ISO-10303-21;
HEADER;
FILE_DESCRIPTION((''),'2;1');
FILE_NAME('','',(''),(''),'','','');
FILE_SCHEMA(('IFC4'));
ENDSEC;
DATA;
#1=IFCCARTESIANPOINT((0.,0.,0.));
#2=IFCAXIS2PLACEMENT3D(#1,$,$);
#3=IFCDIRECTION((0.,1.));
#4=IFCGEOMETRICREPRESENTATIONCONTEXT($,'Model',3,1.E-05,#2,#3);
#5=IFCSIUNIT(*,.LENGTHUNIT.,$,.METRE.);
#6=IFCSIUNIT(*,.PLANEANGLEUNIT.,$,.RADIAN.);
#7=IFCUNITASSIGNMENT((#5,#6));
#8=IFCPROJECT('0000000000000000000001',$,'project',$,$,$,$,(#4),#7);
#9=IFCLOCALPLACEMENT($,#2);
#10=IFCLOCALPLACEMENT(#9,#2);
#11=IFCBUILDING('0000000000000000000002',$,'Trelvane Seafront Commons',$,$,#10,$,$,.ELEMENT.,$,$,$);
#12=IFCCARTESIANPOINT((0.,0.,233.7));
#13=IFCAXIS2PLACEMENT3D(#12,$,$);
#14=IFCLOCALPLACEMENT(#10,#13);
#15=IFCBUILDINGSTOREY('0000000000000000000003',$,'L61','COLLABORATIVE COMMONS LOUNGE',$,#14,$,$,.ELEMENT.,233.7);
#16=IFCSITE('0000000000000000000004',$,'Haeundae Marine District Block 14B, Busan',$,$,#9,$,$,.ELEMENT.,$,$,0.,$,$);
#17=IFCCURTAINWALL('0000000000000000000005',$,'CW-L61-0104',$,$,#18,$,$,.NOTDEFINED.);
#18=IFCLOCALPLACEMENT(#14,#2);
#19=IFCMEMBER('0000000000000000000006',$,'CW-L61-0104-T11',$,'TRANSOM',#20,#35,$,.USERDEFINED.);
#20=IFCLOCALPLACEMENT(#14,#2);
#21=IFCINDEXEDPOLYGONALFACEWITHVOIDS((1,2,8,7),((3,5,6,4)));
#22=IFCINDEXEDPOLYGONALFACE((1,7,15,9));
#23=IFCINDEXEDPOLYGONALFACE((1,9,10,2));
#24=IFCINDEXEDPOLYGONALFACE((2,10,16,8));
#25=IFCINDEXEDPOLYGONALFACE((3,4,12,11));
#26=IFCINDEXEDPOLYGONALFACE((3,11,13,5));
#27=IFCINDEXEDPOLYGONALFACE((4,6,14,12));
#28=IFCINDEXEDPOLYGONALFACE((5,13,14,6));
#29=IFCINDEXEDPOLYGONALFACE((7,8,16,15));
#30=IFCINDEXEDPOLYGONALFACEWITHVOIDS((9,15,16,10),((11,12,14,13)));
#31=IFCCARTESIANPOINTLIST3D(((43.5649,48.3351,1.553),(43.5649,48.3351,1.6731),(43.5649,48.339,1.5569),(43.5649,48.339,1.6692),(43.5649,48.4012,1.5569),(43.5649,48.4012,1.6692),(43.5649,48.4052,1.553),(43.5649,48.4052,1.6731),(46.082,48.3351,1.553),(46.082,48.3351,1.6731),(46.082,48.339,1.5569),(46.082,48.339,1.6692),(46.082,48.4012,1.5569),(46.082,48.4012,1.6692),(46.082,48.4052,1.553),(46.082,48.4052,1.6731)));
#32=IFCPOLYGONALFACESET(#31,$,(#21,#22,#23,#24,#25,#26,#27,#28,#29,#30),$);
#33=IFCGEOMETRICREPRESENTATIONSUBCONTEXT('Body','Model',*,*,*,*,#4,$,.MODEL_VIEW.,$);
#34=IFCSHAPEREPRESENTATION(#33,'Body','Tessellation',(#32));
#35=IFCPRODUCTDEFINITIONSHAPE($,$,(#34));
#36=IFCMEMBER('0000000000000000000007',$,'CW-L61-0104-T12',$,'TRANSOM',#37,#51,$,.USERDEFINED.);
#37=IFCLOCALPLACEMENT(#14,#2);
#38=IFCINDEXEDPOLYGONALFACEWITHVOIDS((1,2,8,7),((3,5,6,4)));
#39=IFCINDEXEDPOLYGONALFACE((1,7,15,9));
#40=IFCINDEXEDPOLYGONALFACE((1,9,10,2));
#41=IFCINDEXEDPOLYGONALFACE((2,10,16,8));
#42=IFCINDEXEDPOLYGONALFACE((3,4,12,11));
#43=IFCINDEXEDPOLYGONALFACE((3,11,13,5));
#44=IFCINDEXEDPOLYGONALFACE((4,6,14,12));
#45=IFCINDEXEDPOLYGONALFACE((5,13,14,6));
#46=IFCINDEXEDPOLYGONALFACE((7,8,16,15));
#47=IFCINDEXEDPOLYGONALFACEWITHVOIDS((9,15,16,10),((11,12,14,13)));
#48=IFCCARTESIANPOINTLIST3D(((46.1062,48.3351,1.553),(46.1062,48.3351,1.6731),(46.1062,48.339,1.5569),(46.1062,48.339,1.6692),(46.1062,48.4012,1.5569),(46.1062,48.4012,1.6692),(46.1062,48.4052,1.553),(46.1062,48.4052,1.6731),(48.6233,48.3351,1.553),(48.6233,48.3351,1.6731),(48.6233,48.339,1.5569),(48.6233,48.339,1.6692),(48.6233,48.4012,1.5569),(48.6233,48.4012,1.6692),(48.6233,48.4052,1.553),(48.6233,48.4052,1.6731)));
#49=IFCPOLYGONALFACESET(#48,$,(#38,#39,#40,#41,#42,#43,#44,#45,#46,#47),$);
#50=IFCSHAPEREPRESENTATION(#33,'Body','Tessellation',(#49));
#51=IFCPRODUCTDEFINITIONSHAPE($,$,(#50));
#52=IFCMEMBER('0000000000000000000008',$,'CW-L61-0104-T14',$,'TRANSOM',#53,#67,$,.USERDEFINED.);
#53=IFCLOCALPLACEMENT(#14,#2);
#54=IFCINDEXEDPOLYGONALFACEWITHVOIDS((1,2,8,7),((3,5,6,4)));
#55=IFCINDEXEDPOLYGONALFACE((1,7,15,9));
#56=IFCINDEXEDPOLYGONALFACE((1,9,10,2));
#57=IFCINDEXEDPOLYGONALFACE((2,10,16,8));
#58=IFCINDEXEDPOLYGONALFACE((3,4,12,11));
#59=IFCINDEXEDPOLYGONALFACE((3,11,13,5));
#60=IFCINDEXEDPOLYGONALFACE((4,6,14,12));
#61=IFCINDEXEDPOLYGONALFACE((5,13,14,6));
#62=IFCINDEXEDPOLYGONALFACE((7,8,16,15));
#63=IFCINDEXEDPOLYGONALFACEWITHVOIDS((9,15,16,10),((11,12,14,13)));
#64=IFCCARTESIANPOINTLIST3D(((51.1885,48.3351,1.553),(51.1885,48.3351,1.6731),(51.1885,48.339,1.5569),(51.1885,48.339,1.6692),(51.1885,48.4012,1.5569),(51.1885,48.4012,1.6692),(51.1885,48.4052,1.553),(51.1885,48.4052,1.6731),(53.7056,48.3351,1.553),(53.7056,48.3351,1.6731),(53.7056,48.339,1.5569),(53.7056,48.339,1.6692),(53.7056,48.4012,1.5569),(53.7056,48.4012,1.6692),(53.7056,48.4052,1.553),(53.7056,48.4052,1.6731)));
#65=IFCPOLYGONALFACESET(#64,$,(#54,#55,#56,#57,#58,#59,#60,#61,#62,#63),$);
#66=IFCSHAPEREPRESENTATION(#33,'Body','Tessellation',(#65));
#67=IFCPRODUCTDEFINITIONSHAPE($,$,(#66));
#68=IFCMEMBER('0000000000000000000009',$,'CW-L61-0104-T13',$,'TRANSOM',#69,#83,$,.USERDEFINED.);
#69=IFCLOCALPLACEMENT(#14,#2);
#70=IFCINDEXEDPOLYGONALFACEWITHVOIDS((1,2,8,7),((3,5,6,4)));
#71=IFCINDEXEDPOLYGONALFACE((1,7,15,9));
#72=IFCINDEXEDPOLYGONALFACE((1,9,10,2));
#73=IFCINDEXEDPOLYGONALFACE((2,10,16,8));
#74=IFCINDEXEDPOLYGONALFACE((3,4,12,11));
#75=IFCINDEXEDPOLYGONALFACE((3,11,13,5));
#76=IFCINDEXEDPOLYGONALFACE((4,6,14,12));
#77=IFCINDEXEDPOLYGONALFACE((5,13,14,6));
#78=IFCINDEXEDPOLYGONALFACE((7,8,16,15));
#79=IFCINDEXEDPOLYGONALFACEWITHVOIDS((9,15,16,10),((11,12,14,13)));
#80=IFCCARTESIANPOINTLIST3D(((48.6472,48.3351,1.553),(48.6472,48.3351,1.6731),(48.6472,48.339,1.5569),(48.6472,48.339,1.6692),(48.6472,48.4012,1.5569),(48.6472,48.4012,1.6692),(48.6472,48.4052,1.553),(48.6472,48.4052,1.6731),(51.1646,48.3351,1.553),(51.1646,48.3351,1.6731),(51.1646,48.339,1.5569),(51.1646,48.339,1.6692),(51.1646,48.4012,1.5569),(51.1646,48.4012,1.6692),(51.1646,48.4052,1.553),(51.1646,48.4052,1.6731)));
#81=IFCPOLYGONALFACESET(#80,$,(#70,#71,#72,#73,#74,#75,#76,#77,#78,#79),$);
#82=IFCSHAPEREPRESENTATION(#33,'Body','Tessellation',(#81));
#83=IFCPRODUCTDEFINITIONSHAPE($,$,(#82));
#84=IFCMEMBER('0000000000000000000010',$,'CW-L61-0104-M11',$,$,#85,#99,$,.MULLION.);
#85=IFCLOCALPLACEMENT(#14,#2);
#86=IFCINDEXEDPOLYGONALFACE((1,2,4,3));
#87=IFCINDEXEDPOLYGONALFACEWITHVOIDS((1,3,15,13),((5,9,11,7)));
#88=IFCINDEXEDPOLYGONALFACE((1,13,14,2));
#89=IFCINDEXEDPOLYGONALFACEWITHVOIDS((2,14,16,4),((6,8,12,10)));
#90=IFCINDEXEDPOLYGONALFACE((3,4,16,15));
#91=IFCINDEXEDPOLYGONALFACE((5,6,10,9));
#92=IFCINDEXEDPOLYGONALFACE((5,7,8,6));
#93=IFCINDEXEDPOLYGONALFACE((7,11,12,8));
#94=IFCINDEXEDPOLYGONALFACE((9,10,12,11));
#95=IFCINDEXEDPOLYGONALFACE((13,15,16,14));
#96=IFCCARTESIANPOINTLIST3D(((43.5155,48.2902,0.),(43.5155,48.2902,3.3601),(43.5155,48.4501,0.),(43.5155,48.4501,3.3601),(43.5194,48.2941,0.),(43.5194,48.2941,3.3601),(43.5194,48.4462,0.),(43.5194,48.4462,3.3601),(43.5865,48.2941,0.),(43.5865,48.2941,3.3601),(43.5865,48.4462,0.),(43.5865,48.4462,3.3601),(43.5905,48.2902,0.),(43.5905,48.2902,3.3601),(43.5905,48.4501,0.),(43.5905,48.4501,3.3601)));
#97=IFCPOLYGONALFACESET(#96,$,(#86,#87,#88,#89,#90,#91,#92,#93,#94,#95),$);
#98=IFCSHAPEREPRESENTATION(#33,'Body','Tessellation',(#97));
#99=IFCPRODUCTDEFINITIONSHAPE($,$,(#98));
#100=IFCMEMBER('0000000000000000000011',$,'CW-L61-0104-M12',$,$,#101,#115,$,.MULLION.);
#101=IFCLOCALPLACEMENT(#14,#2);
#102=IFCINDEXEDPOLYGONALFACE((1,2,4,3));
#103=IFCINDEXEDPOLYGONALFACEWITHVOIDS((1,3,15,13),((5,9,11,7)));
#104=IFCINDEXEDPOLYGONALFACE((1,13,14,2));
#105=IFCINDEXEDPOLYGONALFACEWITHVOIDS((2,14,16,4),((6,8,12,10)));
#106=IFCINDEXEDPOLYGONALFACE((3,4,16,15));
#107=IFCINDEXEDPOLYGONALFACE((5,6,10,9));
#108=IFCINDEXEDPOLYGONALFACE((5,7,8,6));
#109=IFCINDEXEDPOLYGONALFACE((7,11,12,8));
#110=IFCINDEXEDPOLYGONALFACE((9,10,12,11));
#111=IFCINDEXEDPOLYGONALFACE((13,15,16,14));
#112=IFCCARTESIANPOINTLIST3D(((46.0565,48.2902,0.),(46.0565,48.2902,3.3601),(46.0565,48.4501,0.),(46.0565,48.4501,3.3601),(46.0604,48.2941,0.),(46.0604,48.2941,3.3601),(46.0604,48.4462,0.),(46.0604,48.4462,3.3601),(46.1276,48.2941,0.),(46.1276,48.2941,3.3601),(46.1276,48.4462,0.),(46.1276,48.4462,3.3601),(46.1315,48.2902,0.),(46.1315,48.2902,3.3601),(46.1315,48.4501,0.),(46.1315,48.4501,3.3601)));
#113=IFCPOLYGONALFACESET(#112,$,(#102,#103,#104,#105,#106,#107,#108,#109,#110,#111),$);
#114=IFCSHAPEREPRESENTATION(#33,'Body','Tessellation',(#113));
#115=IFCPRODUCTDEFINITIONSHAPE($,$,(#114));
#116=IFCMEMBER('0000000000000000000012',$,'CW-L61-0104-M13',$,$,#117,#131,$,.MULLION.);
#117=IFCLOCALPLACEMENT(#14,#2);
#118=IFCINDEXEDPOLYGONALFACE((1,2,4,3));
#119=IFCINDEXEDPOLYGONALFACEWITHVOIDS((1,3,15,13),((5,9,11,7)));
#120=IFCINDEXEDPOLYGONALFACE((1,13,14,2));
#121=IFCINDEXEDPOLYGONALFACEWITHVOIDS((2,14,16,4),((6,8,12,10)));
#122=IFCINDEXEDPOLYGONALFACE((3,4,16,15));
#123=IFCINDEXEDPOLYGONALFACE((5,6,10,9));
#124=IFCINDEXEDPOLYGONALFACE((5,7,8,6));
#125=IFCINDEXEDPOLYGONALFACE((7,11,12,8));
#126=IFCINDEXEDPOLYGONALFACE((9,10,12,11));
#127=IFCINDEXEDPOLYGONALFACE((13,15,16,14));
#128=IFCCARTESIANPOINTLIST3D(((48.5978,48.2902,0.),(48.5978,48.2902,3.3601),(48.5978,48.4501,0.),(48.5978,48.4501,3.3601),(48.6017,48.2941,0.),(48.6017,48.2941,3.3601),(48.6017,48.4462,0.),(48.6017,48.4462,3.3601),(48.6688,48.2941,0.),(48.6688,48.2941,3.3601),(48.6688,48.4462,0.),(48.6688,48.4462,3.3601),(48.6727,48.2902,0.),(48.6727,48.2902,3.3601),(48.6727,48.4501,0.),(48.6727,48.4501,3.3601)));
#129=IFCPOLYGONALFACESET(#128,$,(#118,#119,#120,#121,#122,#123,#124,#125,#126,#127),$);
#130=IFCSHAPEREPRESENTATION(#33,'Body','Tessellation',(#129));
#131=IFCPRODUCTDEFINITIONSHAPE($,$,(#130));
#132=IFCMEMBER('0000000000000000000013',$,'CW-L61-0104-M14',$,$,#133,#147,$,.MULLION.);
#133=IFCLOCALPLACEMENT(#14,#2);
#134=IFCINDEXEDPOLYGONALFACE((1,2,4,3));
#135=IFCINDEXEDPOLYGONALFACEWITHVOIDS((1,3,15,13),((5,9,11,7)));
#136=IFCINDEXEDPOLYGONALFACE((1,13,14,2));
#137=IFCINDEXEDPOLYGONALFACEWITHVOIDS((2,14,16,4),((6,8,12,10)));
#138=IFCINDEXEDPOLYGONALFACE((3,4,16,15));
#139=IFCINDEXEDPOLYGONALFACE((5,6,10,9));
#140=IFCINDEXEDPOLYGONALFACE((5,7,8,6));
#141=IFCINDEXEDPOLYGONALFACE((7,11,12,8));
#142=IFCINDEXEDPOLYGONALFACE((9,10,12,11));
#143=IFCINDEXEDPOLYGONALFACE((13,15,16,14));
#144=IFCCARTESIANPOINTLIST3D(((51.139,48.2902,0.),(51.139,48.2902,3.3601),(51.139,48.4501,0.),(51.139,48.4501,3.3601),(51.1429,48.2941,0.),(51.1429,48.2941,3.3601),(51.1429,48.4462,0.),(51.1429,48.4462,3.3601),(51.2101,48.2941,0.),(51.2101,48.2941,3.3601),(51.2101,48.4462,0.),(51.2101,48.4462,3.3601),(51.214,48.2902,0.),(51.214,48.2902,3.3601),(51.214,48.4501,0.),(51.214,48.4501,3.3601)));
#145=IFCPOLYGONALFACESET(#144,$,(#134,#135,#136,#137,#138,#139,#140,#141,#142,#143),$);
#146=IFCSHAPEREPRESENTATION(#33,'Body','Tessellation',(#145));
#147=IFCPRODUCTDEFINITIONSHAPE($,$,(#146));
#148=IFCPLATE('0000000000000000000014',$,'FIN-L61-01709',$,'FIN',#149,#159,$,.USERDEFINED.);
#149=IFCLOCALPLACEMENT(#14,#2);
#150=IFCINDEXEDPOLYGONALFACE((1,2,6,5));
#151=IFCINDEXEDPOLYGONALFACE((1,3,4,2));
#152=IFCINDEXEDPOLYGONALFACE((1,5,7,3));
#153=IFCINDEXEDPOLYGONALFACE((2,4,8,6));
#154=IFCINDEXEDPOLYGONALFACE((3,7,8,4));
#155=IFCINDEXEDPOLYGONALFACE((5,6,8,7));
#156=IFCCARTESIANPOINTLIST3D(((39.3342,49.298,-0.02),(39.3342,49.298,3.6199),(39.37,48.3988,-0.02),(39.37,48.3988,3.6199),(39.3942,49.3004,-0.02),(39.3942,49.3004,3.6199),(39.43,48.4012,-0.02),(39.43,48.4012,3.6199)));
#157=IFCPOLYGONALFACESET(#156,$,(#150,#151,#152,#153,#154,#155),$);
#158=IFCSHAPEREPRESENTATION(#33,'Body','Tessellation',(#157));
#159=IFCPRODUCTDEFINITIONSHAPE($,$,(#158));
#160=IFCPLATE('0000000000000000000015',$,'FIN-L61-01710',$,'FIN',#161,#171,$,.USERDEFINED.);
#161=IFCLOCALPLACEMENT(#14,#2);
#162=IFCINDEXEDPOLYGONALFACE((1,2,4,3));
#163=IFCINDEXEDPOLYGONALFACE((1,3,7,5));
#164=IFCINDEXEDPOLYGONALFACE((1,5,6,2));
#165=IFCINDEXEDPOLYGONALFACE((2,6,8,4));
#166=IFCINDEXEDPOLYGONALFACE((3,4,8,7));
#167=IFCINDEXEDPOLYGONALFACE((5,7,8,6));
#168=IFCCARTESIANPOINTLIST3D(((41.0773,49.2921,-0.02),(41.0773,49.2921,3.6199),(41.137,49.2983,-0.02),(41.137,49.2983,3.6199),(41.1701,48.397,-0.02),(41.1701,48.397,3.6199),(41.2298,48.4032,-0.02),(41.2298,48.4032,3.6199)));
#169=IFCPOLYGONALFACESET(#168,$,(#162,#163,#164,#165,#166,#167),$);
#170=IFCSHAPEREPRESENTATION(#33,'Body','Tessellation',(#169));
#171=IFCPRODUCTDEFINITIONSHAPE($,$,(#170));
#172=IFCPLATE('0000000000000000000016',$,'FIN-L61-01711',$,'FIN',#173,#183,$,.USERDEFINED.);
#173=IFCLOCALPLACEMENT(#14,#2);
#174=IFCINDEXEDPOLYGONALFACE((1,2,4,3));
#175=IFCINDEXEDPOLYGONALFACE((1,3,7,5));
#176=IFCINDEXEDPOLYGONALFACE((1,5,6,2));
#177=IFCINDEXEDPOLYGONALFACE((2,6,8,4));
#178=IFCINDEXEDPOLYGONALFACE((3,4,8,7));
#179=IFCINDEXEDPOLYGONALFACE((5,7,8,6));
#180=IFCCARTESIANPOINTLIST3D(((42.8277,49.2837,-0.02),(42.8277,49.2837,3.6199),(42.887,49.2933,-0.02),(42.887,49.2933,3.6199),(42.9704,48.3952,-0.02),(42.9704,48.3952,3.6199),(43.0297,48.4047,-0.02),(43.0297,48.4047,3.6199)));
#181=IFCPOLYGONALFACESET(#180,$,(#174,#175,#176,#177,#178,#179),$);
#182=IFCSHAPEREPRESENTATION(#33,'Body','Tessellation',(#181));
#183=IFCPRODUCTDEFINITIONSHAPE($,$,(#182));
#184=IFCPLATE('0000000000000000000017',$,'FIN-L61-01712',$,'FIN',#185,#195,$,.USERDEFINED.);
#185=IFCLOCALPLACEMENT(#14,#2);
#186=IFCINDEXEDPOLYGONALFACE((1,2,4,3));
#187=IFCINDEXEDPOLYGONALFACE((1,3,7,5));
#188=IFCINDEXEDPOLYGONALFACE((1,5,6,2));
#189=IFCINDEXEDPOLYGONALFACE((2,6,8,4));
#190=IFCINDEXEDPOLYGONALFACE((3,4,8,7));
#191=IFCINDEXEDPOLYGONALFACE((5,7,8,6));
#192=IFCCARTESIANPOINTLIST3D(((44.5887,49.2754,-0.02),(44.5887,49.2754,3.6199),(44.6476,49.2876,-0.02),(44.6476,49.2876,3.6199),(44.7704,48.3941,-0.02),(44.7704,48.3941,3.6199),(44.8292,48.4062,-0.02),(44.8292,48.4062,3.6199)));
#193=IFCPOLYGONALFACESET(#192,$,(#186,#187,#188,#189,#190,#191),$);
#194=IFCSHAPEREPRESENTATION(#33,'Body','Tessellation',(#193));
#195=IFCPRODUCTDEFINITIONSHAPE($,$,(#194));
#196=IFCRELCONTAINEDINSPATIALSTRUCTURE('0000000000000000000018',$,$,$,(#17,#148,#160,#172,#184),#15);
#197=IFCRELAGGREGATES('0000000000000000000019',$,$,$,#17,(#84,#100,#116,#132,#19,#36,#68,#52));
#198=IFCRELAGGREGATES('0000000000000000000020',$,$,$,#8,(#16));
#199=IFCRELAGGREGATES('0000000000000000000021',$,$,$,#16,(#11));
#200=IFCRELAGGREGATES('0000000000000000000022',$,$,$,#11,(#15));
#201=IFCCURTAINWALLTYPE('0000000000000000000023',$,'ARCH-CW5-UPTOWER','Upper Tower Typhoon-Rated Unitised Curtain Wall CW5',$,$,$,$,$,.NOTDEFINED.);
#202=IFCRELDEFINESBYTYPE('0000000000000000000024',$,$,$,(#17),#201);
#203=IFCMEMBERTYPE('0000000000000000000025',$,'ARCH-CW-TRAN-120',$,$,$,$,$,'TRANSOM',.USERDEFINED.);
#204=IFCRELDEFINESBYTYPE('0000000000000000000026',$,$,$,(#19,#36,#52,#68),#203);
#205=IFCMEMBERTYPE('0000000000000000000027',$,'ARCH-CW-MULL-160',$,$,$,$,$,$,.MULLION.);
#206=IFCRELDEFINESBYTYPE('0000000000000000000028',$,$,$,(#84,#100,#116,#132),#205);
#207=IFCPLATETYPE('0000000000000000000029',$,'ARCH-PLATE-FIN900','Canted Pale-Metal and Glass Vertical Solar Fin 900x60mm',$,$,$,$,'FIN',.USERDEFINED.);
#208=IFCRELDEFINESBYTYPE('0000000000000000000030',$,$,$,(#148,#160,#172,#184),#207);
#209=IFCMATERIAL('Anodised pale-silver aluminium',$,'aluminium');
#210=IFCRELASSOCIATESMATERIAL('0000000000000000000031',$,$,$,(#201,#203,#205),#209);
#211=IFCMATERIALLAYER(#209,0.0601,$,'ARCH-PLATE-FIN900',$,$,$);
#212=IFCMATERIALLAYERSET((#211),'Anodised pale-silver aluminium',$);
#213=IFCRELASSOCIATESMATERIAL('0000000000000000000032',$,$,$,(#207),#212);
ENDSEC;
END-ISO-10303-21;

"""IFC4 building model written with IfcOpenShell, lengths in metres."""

from ifc_helpers import new_model, si_unit, direction, frame, origin, origin_2d, place, context, subcontext, project, spatial, rectangle, hollow_rectangle, extrude, source, transform, mapped, material, layer, layer_set, material_profile, profile_set, type_object, element, aggregate, save


model = new_model("IFC4")

# Units and contexts
model_context = context("Model", 3, precision=1e-05, world=origin(), true_north=direction((0.0, 1.0)))
body_context = subcontext(model_context, "Body", "Model", "MODEL_VIEW")
ifc_project = project(units=[si_unit("LENGTHUNIT", "METRE"), si_unit("PLANEANGLEUNIT", "RADIAN")], contexts=[model_context])

# Site, building, storey
site_placement = place(None, origin())
site = spatial("IfcSite", under=ifc_project, at=site_placement, Name="Haeundae Marine District Block 14B, Busan", CompositionType="ELEMENT", RefElevation=0.0)
building_placement = place(site_placement, origin())
building = spatial("IfcBuilding", under=site, at=building_placement, Name="Trelvane Seafront Commons", CompositionType="ELEMENT")
storey_placement = place(building_placement, frame((0.0, 0.0, 233.7)))
storey = spatial("IfcBuildingStorey", under=building, at=storey_placement, Name="L61", Description="COLLABORATIVE COMMONS LOUNGE", CompositionType="ELEMENT", Elevation=233.7)

# Curtain wall, members
ifc_material_1 = material(Name="Anodised pale-silver aluminium", Category="aluminium")
curtain_wall_type = type_object("IfcCurtainWallType", Name="ARCH-CW5-UPTOWER", Description="Upper Tower Typhoon-Rated Unitised Curtain Wall CW5", PredefinedType="NOTDEFINED", material=ifc_material_1)
curtain_wall_placement = place(storey_placement, origin())
curtain_wall = element("IfcCurtainWall", 1, at=curtain_wall_placement, inside=storey, type_object=curtain_wall_type, Name="CW-L61-0104", PredefinedType="NOTDEFINED")
ifc_material_profile_1 = material_profile(ifc_material_1, hollow_rectangle(XDim=0.0701, YDim=0.1201, WallThickness=0.0039, at=origin_2d()), Name="TRAN-70x120x4")
ifc_profile_set_1 = profile_set([ifc_material_profile_1], Name="Anodised pale-silver aluminium")
member_type_1 = type_object("IfcMemberType", Name="ARCH-CW-TRAN-120", ElementType="TRANSOM", PredefinedType="USERDEFINED", material=ifc_profile_set_1)
shared_shape_1 = source(origin(), body_context, "Body", "SweptSolid", [
    extrude(hollow_rectangle(XDim=0.0701, YDim=0.1201, WallThickness=0.0039, at=origin_2d()), origin(), (0.0, 0.0, 1.0), 2.5171),
])
member_1_placement = place(storey_placement, frame((43.5649, 48.3701, 1.613), z_axis=(1.0, 0.0, 0.0), x_axis=(0.0, 1.0, 0.0)))
member_1 = element("IfcMember", 2, at=member_1_placement, type_object=member_type_1, Name="CW-L61-0104-T11", ObjectType="TRANSOM", PredefinedType="USERDEFINED", context=body_context, shape_type="MappedRepresentation", body=[
    mapped(shared_shape_1, transform((0.0, 0.0, 0.0), x_axis=(1.0, 0.0, 0.0), y_axis=(0.0, 1.0, 0.0), z_axis=(0.0, 0.0, 1.0), scale=1.0)),
])
member_2_placement = place(storey_placement, frame((46.1062, 48.3701, 1.613), z_axis=(1.0, 0.0, 0.0), x_axis=(0.0, 1.0, 0.0)))
member_2 = element("IfcMember", 3, at=member_2_placement, type_object=member_type_1, Name="CW-L61-0104-T12", ObjectType="TRANSOM", PredefinedType="USERDEFINED", context=body_context, shape_type="MappedRepresentation", body=[
    mapped(shared_shape_1, transform((0.0, 0.0, 0.0), x_axis=(1.0, 0.0, 0.0), y_axis=(0.0, 1.0, 0.0), z_axis=(0.0, 0.0, 1.0), scale=1.0)),
])
member_3_placement = place(storey_placement, frame((51.1885, 48.3701, 1.613), z_axis=(1.0, 0.0, 0.0), x_axis=(0.0, 1.0, 0.0)))
member_3 = element("IfcMember", 4, at=member_3_placement, type_object=member_type_1, Name="CW-L61-0104-T14", ObjectType="TRANSOM", PredefinedType="USERDEFINED", context=body_context, shape_type="MappedRepresentation", body=[
    mapped(shared_shape_1, transform((0.0, 0.0, 0.0), x_axis=(1.0, 0.0, 0.0), y_axis=(0.0, 1.0, 0.0), z_axis=(0.0, 0.0, 1.0), scale=1.0)),
])
shared_shape_2 = source(origin(), body_context, "Body", "SweptSolid", [
    extrude(hollow_rectangle(XDim=0.0701, YDim=0.1201, WallThickness=0.0039, at=origin_2d()), origin(), (0.0, 0.0, 1.0), 2.5173),
])
member_4_placement = place(storey_placement, frame((48.6472, 48.3701, 1.613), z_axis=(1.0, 0.0, 0.0), x_axis=(0.0, 1.0, 0.0)))
member_4 = element("IfcMember", 5, at=member_4_placement, type_object=member_type_1, Name="CW-L61-0104-T13", ObjectType="TRANSOM", PredefinedType="USERDEFINED", context=body_context, shape_type="MappedRepresentation", body=[
    mapped(shared_shape_2, transform((0.0, 0.0, 0.0), x_axis=(1.0, 0.0, 0.0), y_axis=(0.0, 1.0, 0.0), z_axis=(0.0, 0.0, 1.0), scale=1.0)),
])
ifc_material_profile_2 = material_profile(ifc_material_1, hollow_rectangle(XDim=0.075, YDim=0.1599, WallThickness=0.0039, at=origin_2d()), Name="MULL-75x160x4")
ifc_profile_set_2 = profile_set([ifc_material_profile_2], Name="Anodised pale-silver aluminium")
member_type_2 = type_object("IfcMemberType", Name="ARCH-CW-MULL-160", PredefinedType="MULLION", material=ifc_profile_set_2)
shared_shape_3 = source(origin(), body_context, "Body", "SweptSolid", [
    extrude(hollow_rectangle(XDim=0.075, YDim=0.1599, WallThickness=0.0039, at=origin_2d()), origin(), (0.0, 0.0, 1.0), 3.3601),
])
member_5_placement = place(storey_placement, frame((43.553, 48.3701, 0.0), z_axis=(0.0, 0.0, 1.0), x_axis=(1.0, 0.0, 0.0)))
member_5 = element("IfcMember", 6, at=member_5_placement, type_object=member_type_2, Name="CW-L61-0104-M11", PredefinedType="MULLION", context=body_context, shape_type="MappedRepresentation", body=[
    mapped(shared_shape_3, transform((0.0, 0.0, 0.0), x_axis=(1.0, 0.0, 0.0), y_axis=(0.0, 1.0, 0.0), z_axis=(0.0, 0.0, 1.0), scale=1.0)),
])
member_6_placement = place(storey_placement, frame((46.094, 48.3701, 0.0), z_axis=(0.0, 0.0, 1.0), x_axis=(1.0, 0.0, 0.0)))
member_6 = element("IfcMember", 7, at=member_6_placement, type_object=member_type_2, Name="CW-L61-0104-M12", PredefinedType="MULLION", context=body_context, shape_type="MappedRepresentation", body=[
    mapped(shared_shape_3, transform((0.0, 0.0, 0.0), x_axis=(1.0, 0.0, 0.0), y_axis=(0.0, 1.0, 0.0), z_axis=(0.0, 0.0, 1.0), scale=1.0)),
])
member_7_placement = place(storey_placement, frame((48.6353, 48.3701, 0.0), z_axis=(0.0, 0.0, 1.0), x_axis=(1.0, 0.0, 0.0)))
member_7 = element("IfcMember", 8, at=member_7_placement, type_object=member_type_2, Name="CW-L61-0104-M13", PredefinedType="MULLION", context=body_context, shape_type="MappedRepresentation", body=[
    mapped(shared_shape_3, transform((0.0, 0.0, 0.0), x_axis=(1.0, 0.0, 0.0), y_axis=(0.0, 1.0, 0.0), z_axis=(0.0, 0.0, 1.0), scale=1.0)),
])
member_8_placement = place(storey_placement, frame((51.1765, 48.3701, 0.0), z_axis=(0.0, 0.0, 1.0), x_axis=(1.0, 0.0, 0.0)))
member_8 = element("IfcMember", 9, at=member_8_placement, type_object=member_type_2, Name="CW-L61-0104-M14", PredefinedType="MULLION", context=body_context, shape_type="MappedRepresentation", body=[
    mapped(shared_shape_3, transform((0.0, 0.0, 0.0), x_axis=(1.0, 0.0, 0.0), y_axis=(0.0, 1.0, 0.0), z_axis=(0.0, 0.0, 1.0), scale=1.0)),
])

# Plates
ifc_layer_1 = layer(ifc_material_1, 0.0601, Name="ARCH-PLATE-FIN900")
ifc_layer_set_1 = layer_set([ifc_layer_1], Name="Anodised pale-silver aluminium")
plate_type_1 = type_object("IfcPlateType", Name="ARCH-PLATE-FIN900", Description="Canted Pale-Metal and Glass Vertical Solar Fin 900x60mm", ElementType="FIN", PredefinedType="USERDEFINED", material=ifc_layer_set_1)
shared_shape_4 = source(origin(), body_context, "Body", "SweptSolid", [
    extrude(rectangle(XDim=0.8999, YDim=0.0601, at=origin_2d()), origin(), (0.0, 0.0, 1.0), 3.6399),
])
for number, where, z_axis, x_axis, name in (
    (10, (39.3821, 48.8496, -0.02), (0.0, 0.0, 1.0), (-0.039778, 0.999209, 0.0), "FIN-L61-01709"),
    (11, (41.1536, 48.8477, -0.02), (0.0, 0.0, 1.0), (-0.103112, 0.99467, 0.0), "FIN-L61-01710"),
    (12, (42.9287, 48.8442, -0.02), (0.0, 0.0, 1.0), (-0.158558, 0.98735, 0.0), "FIN-L61-01711"),
    (13, (44.709, 48.8408, -0.02), (0.0, 0.0, 1.0), (-0.201881, 0.97941, 0.0), "FIN-L61-01712"),
):
    element("IfcPlate", number, at=place(storey_placement, frame(where, z_axis=z_axis, x_axis=x_axis)), inside=storey, type_object=plate_type_1, Name=name, ObjectType="FIN", PredefinedType="USERDEFINED", context=body_context, shape_type="MappedRepresentation", body=[
        mapped(shared_shape_4, transform((0.0, 0.0, 0.0), x_axis=(1.0, 0.0, 0.0), y_axis=(0.0, 1.0, 0.0), z_axis=(0.0, 0.0, 1.0), scale=1.0)),
    ])

aggregate(curtain_wall, [member_5, member_6, member_7, member_8, member_1, member_2, member_4, member_3])

save(model, "model.ifc")
